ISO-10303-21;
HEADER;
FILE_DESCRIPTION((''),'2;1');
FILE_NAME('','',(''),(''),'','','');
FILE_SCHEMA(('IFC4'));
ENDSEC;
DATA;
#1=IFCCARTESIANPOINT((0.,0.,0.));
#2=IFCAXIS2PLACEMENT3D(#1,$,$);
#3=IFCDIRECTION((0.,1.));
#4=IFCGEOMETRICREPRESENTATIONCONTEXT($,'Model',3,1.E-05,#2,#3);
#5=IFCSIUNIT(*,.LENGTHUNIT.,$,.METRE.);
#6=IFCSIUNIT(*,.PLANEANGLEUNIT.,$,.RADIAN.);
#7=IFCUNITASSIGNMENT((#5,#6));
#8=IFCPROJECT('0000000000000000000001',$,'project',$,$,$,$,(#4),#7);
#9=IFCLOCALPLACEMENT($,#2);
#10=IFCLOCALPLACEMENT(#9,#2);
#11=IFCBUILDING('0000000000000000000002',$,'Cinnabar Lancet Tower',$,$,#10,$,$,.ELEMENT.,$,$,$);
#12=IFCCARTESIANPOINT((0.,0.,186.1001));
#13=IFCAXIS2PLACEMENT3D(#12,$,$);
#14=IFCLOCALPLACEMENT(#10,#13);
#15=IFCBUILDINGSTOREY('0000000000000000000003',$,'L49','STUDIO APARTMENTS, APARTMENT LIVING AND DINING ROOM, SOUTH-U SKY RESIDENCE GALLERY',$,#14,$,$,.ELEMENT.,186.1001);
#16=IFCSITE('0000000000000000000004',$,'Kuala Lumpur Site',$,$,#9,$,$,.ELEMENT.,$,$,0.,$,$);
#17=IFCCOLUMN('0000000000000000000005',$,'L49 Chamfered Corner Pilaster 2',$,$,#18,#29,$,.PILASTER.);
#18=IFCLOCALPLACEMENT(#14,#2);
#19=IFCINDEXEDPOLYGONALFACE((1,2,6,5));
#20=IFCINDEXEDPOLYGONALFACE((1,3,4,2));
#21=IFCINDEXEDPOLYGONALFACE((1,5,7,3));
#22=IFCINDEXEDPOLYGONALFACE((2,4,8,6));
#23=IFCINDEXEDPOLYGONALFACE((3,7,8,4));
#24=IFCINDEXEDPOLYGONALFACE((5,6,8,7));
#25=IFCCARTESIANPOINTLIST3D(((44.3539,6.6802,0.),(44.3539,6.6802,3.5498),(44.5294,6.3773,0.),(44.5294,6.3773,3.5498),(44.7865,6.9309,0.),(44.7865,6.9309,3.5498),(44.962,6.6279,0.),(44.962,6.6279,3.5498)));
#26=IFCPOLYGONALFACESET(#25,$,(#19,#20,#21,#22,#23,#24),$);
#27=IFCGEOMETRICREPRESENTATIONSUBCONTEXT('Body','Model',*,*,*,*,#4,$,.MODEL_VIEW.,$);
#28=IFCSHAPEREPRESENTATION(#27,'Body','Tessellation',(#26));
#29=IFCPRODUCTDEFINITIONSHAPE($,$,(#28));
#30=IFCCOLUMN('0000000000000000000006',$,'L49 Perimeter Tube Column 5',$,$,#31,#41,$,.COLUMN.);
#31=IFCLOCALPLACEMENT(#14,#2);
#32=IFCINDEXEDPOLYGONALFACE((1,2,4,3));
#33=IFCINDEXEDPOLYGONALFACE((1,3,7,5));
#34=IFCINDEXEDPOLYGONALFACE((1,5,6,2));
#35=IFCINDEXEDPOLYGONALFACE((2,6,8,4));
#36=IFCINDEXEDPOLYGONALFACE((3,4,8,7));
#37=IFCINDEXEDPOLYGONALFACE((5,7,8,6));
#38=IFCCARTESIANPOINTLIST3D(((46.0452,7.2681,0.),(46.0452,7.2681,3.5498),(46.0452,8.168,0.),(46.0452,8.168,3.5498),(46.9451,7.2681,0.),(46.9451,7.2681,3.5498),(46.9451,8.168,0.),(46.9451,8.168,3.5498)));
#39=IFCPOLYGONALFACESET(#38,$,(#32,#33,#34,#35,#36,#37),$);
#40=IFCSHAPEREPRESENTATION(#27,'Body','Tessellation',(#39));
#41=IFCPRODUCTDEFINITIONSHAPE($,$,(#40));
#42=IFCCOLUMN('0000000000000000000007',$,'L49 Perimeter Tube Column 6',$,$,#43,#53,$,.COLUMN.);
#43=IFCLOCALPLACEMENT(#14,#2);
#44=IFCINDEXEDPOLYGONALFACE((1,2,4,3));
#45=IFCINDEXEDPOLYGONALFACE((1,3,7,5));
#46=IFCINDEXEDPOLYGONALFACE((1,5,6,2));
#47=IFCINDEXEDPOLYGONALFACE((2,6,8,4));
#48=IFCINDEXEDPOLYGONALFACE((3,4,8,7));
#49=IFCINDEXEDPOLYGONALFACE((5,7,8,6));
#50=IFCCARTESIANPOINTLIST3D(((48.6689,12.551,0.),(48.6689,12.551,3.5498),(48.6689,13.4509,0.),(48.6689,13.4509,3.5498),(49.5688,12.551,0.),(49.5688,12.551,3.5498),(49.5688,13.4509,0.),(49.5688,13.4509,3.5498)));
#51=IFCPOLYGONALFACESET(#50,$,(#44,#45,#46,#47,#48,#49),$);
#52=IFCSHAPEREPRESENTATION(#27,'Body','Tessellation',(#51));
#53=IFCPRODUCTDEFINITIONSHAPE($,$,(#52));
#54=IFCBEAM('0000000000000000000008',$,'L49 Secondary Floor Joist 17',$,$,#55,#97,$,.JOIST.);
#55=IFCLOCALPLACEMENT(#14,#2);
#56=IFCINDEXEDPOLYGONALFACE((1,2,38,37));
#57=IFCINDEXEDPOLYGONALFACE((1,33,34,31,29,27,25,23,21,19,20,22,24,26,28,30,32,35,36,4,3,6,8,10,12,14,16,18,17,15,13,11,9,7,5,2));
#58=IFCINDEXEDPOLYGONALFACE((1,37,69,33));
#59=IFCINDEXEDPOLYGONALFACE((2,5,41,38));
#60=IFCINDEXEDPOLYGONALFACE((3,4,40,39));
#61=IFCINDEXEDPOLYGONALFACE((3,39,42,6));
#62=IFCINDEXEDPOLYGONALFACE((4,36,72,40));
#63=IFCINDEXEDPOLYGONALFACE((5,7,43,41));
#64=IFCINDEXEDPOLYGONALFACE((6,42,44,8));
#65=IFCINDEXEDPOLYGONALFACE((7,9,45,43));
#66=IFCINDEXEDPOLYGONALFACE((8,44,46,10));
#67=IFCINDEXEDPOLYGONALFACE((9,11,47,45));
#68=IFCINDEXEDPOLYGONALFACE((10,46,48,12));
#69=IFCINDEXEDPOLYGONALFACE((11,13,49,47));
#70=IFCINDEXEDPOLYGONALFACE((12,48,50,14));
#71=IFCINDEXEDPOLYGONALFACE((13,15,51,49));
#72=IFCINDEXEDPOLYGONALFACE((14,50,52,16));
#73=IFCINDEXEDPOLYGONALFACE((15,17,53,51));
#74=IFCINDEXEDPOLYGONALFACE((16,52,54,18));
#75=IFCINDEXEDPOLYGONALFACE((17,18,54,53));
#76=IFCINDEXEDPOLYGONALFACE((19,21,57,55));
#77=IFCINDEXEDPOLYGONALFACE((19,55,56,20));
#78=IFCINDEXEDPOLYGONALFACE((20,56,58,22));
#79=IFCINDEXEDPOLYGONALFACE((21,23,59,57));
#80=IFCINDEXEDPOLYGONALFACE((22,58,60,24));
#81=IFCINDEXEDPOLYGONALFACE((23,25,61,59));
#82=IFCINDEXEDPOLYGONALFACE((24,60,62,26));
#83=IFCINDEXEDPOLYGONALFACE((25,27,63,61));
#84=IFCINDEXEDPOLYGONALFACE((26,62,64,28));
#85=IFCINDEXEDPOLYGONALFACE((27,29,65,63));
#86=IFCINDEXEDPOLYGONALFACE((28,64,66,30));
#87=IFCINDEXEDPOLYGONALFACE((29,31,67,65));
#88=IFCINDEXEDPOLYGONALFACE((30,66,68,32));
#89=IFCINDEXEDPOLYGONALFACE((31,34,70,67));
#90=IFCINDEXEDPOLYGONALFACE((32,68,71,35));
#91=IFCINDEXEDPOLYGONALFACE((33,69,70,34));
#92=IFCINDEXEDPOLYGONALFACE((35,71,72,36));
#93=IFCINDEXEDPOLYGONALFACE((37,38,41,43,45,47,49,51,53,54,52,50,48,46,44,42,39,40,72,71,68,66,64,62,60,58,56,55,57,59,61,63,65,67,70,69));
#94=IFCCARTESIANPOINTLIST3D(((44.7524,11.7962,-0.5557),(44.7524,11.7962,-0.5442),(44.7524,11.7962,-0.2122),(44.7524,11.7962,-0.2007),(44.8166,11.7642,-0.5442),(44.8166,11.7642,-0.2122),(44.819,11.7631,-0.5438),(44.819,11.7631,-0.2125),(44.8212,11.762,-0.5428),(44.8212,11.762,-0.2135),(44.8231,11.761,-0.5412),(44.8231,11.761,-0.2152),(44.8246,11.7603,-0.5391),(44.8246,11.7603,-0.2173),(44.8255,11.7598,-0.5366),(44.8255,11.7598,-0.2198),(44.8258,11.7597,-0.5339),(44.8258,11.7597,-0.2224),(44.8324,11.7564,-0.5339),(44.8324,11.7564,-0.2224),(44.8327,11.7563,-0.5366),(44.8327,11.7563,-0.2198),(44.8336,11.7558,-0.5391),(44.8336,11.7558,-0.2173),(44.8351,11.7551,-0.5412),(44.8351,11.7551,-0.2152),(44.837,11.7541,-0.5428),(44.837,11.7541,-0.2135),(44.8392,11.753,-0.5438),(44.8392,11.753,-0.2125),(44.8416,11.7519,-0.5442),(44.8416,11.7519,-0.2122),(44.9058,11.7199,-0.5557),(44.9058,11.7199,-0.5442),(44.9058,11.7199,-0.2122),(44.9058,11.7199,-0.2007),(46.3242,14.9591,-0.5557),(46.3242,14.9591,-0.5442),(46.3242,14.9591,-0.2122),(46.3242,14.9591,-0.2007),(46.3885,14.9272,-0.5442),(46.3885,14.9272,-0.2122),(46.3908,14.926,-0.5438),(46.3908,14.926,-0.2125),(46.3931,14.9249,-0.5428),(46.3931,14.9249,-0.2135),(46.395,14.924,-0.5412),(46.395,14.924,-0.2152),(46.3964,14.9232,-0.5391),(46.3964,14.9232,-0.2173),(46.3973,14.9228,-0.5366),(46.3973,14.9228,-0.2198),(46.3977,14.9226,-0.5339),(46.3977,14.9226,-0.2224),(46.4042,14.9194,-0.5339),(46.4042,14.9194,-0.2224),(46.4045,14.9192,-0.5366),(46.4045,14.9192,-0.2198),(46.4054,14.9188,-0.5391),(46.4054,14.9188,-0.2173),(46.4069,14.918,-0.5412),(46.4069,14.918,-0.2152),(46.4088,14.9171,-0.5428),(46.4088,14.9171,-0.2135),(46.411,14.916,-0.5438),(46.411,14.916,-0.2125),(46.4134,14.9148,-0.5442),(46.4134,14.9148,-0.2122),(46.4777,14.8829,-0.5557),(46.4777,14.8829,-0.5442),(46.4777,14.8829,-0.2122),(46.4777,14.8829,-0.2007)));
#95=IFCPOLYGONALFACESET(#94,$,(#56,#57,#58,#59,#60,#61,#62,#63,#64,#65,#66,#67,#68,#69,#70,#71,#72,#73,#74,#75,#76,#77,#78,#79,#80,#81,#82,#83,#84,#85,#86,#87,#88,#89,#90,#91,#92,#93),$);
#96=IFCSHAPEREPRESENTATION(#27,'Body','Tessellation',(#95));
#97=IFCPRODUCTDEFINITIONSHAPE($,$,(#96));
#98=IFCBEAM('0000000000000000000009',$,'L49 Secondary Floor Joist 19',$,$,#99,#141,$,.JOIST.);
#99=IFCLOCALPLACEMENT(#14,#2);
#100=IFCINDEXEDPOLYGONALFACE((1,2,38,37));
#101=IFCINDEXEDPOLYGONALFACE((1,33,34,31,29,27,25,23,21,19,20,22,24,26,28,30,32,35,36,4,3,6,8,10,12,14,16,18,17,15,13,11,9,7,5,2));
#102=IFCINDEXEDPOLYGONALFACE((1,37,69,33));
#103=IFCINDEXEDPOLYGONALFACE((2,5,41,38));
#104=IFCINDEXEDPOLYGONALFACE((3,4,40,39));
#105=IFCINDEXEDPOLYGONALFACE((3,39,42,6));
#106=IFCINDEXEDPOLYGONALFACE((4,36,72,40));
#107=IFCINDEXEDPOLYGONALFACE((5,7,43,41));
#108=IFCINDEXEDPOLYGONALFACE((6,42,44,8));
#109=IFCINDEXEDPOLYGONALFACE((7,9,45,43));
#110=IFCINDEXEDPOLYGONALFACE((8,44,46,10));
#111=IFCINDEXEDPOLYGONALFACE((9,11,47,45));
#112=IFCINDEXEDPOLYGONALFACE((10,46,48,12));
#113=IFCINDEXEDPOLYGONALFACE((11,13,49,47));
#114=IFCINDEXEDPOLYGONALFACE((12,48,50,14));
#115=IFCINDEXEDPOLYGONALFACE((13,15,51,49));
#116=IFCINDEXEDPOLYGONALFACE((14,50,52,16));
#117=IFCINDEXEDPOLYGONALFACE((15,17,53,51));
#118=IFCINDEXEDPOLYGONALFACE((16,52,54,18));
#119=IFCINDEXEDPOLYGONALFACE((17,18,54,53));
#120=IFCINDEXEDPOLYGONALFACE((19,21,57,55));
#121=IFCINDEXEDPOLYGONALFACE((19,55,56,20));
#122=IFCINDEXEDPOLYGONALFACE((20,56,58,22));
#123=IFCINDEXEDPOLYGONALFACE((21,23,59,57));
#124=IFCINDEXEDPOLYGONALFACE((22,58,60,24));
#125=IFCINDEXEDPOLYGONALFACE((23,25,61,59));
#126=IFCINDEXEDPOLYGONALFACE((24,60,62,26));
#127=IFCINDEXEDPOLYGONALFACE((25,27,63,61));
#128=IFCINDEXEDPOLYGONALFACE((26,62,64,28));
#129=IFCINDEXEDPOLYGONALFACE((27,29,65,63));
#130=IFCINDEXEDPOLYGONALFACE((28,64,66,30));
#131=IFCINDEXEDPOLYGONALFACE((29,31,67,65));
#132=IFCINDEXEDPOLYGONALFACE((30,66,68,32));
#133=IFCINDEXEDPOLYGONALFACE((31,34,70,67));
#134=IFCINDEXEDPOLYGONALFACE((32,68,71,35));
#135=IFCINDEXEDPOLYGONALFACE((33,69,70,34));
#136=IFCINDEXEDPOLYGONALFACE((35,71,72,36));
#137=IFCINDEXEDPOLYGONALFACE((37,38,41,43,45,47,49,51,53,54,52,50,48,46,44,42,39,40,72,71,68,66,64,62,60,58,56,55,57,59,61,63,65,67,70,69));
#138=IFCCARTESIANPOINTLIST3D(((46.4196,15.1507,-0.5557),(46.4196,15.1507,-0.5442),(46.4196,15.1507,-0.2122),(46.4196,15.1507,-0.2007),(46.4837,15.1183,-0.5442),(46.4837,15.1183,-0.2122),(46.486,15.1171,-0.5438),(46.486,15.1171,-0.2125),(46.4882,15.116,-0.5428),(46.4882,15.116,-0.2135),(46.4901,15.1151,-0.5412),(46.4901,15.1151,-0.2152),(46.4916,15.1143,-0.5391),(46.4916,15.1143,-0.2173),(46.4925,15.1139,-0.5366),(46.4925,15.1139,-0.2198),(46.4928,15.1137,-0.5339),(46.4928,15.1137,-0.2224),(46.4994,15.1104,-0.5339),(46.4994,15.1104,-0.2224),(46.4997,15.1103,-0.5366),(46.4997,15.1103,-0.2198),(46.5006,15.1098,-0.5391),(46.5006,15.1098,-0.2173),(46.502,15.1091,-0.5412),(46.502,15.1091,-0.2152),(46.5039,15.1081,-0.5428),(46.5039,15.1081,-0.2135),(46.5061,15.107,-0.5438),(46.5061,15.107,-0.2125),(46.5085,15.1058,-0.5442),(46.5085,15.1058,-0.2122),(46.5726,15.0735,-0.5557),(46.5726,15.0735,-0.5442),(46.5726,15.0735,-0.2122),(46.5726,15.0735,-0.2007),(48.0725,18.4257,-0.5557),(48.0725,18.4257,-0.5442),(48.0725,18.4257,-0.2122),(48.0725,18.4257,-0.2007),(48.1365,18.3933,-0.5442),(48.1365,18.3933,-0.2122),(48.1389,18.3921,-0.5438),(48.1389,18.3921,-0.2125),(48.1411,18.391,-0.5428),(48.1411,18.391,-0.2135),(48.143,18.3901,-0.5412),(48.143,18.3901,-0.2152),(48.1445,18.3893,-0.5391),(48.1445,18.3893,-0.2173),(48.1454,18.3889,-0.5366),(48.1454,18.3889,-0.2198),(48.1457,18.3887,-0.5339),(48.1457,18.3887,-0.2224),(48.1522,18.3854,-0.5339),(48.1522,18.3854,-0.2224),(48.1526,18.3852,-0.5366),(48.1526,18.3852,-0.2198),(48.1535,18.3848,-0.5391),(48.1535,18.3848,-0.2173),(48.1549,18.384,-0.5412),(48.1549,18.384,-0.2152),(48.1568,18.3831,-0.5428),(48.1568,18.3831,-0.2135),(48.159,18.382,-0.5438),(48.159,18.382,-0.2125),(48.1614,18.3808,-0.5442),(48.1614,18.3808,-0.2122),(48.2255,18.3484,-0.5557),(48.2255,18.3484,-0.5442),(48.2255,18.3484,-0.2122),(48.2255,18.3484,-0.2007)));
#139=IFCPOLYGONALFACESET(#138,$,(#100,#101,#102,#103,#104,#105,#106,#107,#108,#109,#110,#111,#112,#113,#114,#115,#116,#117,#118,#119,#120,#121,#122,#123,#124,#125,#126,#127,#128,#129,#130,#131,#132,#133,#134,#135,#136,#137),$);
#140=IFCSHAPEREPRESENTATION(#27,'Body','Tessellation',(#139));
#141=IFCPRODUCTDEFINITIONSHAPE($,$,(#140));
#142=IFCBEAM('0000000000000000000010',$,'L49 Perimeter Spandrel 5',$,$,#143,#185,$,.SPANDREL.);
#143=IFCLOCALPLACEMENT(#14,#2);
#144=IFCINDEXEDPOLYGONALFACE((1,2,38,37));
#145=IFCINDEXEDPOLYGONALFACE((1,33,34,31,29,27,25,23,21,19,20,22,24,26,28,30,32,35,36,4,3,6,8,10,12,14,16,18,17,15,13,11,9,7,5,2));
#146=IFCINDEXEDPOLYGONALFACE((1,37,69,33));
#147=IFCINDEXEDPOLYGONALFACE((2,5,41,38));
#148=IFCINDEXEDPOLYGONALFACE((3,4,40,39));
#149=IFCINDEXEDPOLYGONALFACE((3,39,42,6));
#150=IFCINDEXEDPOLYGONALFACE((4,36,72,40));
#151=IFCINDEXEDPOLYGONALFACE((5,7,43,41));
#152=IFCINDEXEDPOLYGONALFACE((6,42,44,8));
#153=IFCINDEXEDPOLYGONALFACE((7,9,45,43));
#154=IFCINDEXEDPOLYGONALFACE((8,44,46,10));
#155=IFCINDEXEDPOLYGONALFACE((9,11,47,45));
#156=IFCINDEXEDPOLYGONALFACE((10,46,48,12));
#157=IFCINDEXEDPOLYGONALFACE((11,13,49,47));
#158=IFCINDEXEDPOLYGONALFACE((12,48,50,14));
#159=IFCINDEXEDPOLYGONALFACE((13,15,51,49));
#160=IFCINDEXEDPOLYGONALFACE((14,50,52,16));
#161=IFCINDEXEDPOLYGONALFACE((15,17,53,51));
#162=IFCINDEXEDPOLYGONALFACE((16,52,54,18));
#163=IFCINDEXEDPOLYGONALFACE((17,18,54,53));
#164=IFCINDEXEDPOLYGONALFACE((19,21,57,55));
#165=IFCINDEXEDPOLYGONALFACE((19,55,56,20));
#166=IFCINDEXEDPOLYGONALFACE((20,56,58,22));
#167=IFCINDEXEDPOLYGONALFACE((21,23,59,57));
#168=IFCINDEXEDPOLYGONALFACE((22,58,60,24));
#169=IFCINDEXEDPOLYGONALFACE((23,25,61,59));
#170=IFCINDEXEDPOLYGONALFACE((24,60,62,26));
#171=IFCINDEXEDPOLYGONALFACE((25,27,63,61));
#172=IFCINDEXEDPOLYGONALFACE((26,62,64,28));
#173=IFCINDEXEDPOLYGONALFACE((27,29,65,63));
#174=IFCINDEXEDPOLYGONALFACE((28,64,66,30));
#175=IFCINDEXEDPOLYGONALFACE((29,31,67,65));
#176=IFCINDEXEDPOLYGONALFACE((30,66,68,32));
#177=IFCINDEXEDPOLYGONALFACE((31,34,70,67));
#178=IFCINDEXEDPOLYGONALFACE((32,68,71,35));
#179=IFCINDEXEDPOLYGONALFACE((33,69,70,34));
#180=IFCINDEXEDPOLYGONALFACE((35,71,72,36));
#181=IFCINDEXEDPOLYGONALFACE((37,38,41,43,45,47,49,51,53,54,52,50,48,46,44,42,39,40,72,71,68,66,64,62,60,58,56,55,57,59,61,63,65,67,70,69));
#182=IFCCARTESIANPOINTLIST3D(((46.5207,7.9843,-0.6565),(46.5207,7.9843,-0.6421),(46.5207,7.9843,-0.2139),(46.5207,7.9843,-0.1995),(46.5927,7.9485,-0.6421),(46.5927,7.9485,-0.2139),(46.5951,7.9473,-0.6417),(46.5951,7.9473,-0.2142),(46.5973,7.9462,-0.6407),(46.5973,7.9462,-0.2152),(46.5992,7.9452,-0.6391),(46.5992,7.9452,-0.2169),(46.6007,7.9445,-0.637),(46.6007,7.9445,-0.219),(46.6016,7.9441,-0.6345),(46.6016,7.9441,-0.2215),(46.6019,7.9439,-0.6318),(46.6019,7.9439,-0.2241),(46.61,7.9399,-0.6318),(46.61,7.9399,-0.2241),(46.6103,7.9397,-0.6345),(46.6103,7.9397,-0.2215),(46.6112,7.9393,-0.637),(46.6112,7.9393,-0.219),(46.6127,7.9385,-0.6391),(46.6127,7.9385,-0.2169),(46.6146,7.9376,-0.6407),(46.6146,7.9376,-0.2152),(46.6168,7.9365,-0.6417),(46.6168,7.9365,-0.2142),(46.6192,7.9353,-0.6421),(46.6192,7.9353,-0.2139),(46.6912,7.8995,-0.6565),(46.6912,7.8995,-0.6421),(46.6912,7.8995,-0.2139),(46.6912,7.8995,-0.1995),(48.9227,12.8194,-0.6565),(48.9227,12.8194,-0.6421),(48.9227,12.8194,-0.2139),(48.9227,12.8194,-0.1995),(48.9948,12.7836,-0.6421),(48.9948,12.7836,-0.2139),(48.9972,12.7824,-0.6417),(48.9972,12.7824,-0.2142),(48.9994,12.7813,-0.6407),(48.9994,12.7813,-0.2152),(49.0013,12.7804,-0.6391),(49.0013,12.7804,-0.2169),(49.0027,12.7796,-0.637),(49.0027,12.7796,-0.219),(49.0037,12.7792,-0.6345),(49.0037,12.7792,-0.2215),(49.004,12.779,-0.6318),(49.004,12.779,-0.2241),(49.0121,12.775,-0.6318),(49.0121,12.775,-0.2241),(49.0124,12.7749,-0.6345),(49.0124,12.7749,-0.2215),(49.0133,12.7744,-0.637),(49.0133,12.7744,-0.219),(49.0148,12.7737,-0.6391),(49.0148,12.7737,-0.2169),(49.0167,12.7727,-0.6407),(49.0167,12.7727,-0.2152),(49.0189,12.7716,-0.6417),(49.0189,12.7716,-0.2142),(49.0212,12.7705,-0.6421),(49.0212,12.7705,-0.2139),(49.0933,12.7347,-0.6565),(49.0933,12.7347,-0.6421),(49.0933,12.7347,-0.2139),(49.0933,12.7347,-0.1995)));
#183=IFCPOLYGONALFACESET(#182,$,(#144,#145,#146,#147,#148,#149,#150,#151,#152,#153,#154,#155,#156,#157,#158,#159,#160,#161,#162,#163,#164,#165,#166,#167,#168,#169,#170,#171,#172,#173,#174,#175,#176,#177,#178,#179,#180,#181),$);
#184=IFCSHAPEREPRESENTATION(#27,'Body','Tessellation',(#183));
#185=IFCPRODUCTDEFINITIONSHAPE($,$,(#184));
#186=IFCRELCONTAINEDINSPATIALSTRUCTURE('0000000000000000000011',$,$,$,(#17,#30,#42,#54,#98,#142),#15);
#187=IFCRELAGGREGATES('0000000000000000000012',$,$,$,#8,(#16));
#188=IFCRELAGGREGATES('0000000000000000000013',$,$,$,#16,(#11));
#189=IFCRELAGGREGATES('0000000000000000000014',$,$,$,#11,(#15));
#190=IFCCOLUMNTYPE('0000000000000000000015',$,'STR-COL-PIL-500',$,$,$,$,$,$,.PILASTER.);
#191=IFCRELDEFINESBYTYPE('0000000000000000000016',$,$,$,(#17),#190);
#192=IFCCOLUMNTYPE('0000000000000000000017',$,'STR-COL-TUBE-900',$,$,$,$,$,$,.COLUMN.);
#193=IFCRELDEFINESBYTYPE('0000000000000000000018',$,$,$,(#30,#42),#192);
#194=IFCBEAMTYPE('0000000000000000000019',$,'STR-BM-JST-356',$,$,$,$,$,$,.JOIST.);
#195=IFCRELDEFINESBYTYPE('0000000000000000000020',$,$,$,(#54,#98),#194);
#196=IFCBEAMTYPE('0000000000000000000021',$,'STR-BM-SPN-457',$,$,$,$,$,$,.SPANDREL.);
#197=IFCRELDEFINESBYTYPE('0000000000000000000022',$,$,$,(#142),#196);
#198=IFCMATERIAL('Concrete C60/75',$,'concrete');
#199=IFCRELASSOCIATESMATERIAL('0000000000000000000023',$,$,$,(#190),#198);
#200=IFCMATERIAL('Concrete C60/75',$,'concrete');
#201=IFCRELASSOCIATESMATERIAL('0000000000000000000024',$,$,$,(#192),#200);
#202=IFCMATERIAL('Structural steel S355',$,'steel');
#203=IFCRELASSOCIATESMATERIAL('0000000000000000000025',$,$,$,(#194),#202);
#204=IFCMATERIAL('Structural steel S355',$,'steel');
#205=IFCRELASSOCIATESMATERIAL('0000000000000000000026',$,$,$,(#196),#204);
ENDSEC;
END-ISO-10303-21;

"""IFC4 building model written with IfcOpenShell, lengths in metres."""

from ifc_helpers import new_model, si_unit, direction, frame, origin, origin_2d, place, context, subcontext, project, spatial, rectangle, i_section, extrude, material, material_profile, profile_set, type_object, element, save


model = new_model("IFC4")

# Units and contexts
model_context = context("Model", 3, precision=1e-05, world=origin(), true_north=direction((0.0, 1.0)))
body_context = subcontext(model_context, "Body", "Model", "MODEL_VIEW")
ifc_project = project(units=[si_unit("LENGTHUNIT", "METRE"), si_unit("PLANEANGLEUNIT", "RADIAN")], contexts=[model_context])

# Site, building, storey
site_placement = place(None, origin())
site = spatial("IfcSite", under=ifc_project, at=site_placement, Name="Kuala Lumpur Site", CompositionType="ELEMENT", RefElevation=0.0)
building_placement = place(site_placement, origin())
building = spatial("IfcBuilding", under=site, at=building_placement, Name="Cinnabar Lancet Tower", CompositionType="ELEMENT")
storey_placement = place(building_placement, frame((0.0, 0.0, 186.1001)))
storey = spatial("IfcBuildingStorey", under=building, at=storey_placement, Name="L49", Description="STUDIO APARTMENTS, APARTMENT LIVING AND DINING ROOM, SOUTH-U SKY RESIDENCE GALLERY", CompositionType="ELEMENT", Elevation=186.1001)

# Columns
ifc_material_1 = material(Name="Concrete C60/75", Category="concrete")
ifc_material_profile_1 = material_profile(ifc_material_1, rectangle(XDim=0.5, YDim=0.3501, at=origin_2d()), Name="RC-PIL 500x350")
ifc_profile_set_1 = profile_set([ifc_material_profile_1], Name="Concrete C60/75")
column_type_1 = type_object("IfcColumnType", Name="STR-COL-PIL-500", PredefinedType="PILASTER", material=ifc_profile_set_1)
column_placement = place(storey_placement, frame((44.658, 6.6541, 0.0), z_axis=(0.0, 0.0, 1.0), x_axis=(0.86523, 0.501375, 0.0)))
element("IfcColumn", 1, at=column_placement, inside=storey, type_object=column_type_1, Name="L49 Chamfered Corner Pilaster 2", PredefinedType="PILASTER", context=body_context, shape_type="SweptSolid", body=[
    extrude(rectangle(XDim=0.5, YDim=0.3501, at=origin_2d()), origin(), (0.0, 0.0, 1.0), 3.5498),
])
ifc_material_2 = material(Name="Concrete C60/75", Category="concrete")
ifc_material_profile_2 = material_profile(ifc_material_2, rectangle(XDim=0.8999, YDim=0.8999, at=origin_2d()), Name="RC-COL 900x900")
ifc_profile_set_2 = profile_set([ifc_material_profile_2], Name="Concrete C60/75")
column_type_2 = type_object("IfcColumnType", Name="STR-COL-TUBE-900", PredefinedType="COLUMN", material=ifc_profile_set_2)
for number, where, z_axis, x_axis, name in (
    (2, (46.4951, 7.718, 0.0), (0.0, 0.0, 1.0), (1.0, 0.0, 0.0), "L49 Perimeter Tube Column 5"),
    (3, (49.1189, 13.001, 0.0), (0.0, 0.0, 1.0), (1.0, 0.0, 0.0), "L49 Perimeter Tube Column 6"),
):
    element("IfcColumn", number, at=place(storey_placement, frame(where, z_axis=z_axis, x_axis=x_axis)), inside=storey, type_object=column_type_2, Name=name, PredefinedType="COLUMN", context=body_context, shape_type="SweptSolid", body=[
        extrude(rectangle(XDim=0.8999, YDim=0.8999, at=origin_2d()), origin(), (0.0, 0.0, 1.0), 3.5498),
    ])

# Beams
ifc_material_3 = material(Name="Structural steel S355", Category="steel")
ifc_material_profile_3 = material_profile(ifc_material_3, i_section(OverallWidth=0.1714, OverallDepth=0.355, WebThickness=0.0073, FlangeThickness=0.0115, FilletRadius=0.0103, at=origin_2d()), Name="UKB 356x171x51")
ifc_profile_set_3 = profile_set([ifc_material_profile_3], Name="Structural steel S355")
beam_type_1 = type_object("IfcBeamType", Name="STR-BM-JST-356", PredefinedType="JOIST", material=ifc_profile_set_3)
beam_1_placement = place(storey_placement, frame((44.8291, 11.7581, -0.3782), z_axis=(0.445028, 0.895517, 0.0), x_axis=(-0.895517, 0.445028, 0.0)))
element("IfcBeam", 4, at=beam_1_placement, inside=storey, type_object=beam_type_1, Name="L49 Secondary Floor Joist 17", PredefinedType="JOIST", context=body_context, shape_type="SweptSolid", body=[
    extrude(i_section(OverallWidth=0.1714, OverallDepth=0.355, WebThickness=0.0073, FlangeThickness=0.0115, FilletRadius=0.0103, at=origin_2d()), origin(), (0.0, 0.0, 1.0), 3.532),
])
beam_2_placement = place(storey_placement, frame((46.4961, 15.1121, -0.3782), z_axis=(0.450565, 0.892744, 0.0), x_axis=(-0.892744, 0.450565, 0.0)))
element("IfcBeam", 5, at=beam_2_placement, inside=storey, type_object=beam_type_1, Name="L49 Secondary Floor Joist 19", PredefinedType="JOIST", context=body_context, shape_type="SweptSolid", body=[
    extrude(i_section(OverallWidth=0.1714, OverallDepth=0.355, WebThickness=0.0073, FlangeThickness=0.0115, FilletRadius=0.0103, at=origin_2d()), origin(), (0.0, 0.0, 1.0), 3.6685),
])
ifc_material_4 = material(Name="Structural steel S355", Category="steel")
ifc_material_profile_4 = material_profile(ifc_material_4, i_section(OverallWidth=0.1904, OverallDepth=0.457, WebThickness=0.009, FlangeThickness=0.0144, FilletRadius=0.0103, at=origin_2d()), Name="UKB 457x191x74")
ifc_profile_set_4 = profile_set([ifc_material_profile_4], Name="Structural steel S355")
beam_type_2 = type_object("IfcBeamType", Name="STR-BM-SPN-457", PredefinedType="SPANDREL", material=ifc_profile_set_4)
beam_3_placement = place(storey_placement, frame((46.606, 7.9419, -0.428), z_axis=(0.444915, 0.895573, 0.0), x_axis=(-0.895573, 0.444915, 0.0)))
element("IfcBeam", 6, at=beam_3_placement, inside=storey, type_object=beam_type_2, Name="L49 Perimeter Spandrel 5", PredefinedType="SPANDREL", context=body_context, shape_type="SweptSolid", body=[
    extrude(i_section(OverallWidth=0.1904, OverallDepth=0.457, WebThickness=0.009, FlangeThickness=0.0144, FilletRadius=0.0103, at=origin_2d()), origin(), (0.0, 0.0, 1.0), 5.3989),
])

save(model, "model.ifc")
